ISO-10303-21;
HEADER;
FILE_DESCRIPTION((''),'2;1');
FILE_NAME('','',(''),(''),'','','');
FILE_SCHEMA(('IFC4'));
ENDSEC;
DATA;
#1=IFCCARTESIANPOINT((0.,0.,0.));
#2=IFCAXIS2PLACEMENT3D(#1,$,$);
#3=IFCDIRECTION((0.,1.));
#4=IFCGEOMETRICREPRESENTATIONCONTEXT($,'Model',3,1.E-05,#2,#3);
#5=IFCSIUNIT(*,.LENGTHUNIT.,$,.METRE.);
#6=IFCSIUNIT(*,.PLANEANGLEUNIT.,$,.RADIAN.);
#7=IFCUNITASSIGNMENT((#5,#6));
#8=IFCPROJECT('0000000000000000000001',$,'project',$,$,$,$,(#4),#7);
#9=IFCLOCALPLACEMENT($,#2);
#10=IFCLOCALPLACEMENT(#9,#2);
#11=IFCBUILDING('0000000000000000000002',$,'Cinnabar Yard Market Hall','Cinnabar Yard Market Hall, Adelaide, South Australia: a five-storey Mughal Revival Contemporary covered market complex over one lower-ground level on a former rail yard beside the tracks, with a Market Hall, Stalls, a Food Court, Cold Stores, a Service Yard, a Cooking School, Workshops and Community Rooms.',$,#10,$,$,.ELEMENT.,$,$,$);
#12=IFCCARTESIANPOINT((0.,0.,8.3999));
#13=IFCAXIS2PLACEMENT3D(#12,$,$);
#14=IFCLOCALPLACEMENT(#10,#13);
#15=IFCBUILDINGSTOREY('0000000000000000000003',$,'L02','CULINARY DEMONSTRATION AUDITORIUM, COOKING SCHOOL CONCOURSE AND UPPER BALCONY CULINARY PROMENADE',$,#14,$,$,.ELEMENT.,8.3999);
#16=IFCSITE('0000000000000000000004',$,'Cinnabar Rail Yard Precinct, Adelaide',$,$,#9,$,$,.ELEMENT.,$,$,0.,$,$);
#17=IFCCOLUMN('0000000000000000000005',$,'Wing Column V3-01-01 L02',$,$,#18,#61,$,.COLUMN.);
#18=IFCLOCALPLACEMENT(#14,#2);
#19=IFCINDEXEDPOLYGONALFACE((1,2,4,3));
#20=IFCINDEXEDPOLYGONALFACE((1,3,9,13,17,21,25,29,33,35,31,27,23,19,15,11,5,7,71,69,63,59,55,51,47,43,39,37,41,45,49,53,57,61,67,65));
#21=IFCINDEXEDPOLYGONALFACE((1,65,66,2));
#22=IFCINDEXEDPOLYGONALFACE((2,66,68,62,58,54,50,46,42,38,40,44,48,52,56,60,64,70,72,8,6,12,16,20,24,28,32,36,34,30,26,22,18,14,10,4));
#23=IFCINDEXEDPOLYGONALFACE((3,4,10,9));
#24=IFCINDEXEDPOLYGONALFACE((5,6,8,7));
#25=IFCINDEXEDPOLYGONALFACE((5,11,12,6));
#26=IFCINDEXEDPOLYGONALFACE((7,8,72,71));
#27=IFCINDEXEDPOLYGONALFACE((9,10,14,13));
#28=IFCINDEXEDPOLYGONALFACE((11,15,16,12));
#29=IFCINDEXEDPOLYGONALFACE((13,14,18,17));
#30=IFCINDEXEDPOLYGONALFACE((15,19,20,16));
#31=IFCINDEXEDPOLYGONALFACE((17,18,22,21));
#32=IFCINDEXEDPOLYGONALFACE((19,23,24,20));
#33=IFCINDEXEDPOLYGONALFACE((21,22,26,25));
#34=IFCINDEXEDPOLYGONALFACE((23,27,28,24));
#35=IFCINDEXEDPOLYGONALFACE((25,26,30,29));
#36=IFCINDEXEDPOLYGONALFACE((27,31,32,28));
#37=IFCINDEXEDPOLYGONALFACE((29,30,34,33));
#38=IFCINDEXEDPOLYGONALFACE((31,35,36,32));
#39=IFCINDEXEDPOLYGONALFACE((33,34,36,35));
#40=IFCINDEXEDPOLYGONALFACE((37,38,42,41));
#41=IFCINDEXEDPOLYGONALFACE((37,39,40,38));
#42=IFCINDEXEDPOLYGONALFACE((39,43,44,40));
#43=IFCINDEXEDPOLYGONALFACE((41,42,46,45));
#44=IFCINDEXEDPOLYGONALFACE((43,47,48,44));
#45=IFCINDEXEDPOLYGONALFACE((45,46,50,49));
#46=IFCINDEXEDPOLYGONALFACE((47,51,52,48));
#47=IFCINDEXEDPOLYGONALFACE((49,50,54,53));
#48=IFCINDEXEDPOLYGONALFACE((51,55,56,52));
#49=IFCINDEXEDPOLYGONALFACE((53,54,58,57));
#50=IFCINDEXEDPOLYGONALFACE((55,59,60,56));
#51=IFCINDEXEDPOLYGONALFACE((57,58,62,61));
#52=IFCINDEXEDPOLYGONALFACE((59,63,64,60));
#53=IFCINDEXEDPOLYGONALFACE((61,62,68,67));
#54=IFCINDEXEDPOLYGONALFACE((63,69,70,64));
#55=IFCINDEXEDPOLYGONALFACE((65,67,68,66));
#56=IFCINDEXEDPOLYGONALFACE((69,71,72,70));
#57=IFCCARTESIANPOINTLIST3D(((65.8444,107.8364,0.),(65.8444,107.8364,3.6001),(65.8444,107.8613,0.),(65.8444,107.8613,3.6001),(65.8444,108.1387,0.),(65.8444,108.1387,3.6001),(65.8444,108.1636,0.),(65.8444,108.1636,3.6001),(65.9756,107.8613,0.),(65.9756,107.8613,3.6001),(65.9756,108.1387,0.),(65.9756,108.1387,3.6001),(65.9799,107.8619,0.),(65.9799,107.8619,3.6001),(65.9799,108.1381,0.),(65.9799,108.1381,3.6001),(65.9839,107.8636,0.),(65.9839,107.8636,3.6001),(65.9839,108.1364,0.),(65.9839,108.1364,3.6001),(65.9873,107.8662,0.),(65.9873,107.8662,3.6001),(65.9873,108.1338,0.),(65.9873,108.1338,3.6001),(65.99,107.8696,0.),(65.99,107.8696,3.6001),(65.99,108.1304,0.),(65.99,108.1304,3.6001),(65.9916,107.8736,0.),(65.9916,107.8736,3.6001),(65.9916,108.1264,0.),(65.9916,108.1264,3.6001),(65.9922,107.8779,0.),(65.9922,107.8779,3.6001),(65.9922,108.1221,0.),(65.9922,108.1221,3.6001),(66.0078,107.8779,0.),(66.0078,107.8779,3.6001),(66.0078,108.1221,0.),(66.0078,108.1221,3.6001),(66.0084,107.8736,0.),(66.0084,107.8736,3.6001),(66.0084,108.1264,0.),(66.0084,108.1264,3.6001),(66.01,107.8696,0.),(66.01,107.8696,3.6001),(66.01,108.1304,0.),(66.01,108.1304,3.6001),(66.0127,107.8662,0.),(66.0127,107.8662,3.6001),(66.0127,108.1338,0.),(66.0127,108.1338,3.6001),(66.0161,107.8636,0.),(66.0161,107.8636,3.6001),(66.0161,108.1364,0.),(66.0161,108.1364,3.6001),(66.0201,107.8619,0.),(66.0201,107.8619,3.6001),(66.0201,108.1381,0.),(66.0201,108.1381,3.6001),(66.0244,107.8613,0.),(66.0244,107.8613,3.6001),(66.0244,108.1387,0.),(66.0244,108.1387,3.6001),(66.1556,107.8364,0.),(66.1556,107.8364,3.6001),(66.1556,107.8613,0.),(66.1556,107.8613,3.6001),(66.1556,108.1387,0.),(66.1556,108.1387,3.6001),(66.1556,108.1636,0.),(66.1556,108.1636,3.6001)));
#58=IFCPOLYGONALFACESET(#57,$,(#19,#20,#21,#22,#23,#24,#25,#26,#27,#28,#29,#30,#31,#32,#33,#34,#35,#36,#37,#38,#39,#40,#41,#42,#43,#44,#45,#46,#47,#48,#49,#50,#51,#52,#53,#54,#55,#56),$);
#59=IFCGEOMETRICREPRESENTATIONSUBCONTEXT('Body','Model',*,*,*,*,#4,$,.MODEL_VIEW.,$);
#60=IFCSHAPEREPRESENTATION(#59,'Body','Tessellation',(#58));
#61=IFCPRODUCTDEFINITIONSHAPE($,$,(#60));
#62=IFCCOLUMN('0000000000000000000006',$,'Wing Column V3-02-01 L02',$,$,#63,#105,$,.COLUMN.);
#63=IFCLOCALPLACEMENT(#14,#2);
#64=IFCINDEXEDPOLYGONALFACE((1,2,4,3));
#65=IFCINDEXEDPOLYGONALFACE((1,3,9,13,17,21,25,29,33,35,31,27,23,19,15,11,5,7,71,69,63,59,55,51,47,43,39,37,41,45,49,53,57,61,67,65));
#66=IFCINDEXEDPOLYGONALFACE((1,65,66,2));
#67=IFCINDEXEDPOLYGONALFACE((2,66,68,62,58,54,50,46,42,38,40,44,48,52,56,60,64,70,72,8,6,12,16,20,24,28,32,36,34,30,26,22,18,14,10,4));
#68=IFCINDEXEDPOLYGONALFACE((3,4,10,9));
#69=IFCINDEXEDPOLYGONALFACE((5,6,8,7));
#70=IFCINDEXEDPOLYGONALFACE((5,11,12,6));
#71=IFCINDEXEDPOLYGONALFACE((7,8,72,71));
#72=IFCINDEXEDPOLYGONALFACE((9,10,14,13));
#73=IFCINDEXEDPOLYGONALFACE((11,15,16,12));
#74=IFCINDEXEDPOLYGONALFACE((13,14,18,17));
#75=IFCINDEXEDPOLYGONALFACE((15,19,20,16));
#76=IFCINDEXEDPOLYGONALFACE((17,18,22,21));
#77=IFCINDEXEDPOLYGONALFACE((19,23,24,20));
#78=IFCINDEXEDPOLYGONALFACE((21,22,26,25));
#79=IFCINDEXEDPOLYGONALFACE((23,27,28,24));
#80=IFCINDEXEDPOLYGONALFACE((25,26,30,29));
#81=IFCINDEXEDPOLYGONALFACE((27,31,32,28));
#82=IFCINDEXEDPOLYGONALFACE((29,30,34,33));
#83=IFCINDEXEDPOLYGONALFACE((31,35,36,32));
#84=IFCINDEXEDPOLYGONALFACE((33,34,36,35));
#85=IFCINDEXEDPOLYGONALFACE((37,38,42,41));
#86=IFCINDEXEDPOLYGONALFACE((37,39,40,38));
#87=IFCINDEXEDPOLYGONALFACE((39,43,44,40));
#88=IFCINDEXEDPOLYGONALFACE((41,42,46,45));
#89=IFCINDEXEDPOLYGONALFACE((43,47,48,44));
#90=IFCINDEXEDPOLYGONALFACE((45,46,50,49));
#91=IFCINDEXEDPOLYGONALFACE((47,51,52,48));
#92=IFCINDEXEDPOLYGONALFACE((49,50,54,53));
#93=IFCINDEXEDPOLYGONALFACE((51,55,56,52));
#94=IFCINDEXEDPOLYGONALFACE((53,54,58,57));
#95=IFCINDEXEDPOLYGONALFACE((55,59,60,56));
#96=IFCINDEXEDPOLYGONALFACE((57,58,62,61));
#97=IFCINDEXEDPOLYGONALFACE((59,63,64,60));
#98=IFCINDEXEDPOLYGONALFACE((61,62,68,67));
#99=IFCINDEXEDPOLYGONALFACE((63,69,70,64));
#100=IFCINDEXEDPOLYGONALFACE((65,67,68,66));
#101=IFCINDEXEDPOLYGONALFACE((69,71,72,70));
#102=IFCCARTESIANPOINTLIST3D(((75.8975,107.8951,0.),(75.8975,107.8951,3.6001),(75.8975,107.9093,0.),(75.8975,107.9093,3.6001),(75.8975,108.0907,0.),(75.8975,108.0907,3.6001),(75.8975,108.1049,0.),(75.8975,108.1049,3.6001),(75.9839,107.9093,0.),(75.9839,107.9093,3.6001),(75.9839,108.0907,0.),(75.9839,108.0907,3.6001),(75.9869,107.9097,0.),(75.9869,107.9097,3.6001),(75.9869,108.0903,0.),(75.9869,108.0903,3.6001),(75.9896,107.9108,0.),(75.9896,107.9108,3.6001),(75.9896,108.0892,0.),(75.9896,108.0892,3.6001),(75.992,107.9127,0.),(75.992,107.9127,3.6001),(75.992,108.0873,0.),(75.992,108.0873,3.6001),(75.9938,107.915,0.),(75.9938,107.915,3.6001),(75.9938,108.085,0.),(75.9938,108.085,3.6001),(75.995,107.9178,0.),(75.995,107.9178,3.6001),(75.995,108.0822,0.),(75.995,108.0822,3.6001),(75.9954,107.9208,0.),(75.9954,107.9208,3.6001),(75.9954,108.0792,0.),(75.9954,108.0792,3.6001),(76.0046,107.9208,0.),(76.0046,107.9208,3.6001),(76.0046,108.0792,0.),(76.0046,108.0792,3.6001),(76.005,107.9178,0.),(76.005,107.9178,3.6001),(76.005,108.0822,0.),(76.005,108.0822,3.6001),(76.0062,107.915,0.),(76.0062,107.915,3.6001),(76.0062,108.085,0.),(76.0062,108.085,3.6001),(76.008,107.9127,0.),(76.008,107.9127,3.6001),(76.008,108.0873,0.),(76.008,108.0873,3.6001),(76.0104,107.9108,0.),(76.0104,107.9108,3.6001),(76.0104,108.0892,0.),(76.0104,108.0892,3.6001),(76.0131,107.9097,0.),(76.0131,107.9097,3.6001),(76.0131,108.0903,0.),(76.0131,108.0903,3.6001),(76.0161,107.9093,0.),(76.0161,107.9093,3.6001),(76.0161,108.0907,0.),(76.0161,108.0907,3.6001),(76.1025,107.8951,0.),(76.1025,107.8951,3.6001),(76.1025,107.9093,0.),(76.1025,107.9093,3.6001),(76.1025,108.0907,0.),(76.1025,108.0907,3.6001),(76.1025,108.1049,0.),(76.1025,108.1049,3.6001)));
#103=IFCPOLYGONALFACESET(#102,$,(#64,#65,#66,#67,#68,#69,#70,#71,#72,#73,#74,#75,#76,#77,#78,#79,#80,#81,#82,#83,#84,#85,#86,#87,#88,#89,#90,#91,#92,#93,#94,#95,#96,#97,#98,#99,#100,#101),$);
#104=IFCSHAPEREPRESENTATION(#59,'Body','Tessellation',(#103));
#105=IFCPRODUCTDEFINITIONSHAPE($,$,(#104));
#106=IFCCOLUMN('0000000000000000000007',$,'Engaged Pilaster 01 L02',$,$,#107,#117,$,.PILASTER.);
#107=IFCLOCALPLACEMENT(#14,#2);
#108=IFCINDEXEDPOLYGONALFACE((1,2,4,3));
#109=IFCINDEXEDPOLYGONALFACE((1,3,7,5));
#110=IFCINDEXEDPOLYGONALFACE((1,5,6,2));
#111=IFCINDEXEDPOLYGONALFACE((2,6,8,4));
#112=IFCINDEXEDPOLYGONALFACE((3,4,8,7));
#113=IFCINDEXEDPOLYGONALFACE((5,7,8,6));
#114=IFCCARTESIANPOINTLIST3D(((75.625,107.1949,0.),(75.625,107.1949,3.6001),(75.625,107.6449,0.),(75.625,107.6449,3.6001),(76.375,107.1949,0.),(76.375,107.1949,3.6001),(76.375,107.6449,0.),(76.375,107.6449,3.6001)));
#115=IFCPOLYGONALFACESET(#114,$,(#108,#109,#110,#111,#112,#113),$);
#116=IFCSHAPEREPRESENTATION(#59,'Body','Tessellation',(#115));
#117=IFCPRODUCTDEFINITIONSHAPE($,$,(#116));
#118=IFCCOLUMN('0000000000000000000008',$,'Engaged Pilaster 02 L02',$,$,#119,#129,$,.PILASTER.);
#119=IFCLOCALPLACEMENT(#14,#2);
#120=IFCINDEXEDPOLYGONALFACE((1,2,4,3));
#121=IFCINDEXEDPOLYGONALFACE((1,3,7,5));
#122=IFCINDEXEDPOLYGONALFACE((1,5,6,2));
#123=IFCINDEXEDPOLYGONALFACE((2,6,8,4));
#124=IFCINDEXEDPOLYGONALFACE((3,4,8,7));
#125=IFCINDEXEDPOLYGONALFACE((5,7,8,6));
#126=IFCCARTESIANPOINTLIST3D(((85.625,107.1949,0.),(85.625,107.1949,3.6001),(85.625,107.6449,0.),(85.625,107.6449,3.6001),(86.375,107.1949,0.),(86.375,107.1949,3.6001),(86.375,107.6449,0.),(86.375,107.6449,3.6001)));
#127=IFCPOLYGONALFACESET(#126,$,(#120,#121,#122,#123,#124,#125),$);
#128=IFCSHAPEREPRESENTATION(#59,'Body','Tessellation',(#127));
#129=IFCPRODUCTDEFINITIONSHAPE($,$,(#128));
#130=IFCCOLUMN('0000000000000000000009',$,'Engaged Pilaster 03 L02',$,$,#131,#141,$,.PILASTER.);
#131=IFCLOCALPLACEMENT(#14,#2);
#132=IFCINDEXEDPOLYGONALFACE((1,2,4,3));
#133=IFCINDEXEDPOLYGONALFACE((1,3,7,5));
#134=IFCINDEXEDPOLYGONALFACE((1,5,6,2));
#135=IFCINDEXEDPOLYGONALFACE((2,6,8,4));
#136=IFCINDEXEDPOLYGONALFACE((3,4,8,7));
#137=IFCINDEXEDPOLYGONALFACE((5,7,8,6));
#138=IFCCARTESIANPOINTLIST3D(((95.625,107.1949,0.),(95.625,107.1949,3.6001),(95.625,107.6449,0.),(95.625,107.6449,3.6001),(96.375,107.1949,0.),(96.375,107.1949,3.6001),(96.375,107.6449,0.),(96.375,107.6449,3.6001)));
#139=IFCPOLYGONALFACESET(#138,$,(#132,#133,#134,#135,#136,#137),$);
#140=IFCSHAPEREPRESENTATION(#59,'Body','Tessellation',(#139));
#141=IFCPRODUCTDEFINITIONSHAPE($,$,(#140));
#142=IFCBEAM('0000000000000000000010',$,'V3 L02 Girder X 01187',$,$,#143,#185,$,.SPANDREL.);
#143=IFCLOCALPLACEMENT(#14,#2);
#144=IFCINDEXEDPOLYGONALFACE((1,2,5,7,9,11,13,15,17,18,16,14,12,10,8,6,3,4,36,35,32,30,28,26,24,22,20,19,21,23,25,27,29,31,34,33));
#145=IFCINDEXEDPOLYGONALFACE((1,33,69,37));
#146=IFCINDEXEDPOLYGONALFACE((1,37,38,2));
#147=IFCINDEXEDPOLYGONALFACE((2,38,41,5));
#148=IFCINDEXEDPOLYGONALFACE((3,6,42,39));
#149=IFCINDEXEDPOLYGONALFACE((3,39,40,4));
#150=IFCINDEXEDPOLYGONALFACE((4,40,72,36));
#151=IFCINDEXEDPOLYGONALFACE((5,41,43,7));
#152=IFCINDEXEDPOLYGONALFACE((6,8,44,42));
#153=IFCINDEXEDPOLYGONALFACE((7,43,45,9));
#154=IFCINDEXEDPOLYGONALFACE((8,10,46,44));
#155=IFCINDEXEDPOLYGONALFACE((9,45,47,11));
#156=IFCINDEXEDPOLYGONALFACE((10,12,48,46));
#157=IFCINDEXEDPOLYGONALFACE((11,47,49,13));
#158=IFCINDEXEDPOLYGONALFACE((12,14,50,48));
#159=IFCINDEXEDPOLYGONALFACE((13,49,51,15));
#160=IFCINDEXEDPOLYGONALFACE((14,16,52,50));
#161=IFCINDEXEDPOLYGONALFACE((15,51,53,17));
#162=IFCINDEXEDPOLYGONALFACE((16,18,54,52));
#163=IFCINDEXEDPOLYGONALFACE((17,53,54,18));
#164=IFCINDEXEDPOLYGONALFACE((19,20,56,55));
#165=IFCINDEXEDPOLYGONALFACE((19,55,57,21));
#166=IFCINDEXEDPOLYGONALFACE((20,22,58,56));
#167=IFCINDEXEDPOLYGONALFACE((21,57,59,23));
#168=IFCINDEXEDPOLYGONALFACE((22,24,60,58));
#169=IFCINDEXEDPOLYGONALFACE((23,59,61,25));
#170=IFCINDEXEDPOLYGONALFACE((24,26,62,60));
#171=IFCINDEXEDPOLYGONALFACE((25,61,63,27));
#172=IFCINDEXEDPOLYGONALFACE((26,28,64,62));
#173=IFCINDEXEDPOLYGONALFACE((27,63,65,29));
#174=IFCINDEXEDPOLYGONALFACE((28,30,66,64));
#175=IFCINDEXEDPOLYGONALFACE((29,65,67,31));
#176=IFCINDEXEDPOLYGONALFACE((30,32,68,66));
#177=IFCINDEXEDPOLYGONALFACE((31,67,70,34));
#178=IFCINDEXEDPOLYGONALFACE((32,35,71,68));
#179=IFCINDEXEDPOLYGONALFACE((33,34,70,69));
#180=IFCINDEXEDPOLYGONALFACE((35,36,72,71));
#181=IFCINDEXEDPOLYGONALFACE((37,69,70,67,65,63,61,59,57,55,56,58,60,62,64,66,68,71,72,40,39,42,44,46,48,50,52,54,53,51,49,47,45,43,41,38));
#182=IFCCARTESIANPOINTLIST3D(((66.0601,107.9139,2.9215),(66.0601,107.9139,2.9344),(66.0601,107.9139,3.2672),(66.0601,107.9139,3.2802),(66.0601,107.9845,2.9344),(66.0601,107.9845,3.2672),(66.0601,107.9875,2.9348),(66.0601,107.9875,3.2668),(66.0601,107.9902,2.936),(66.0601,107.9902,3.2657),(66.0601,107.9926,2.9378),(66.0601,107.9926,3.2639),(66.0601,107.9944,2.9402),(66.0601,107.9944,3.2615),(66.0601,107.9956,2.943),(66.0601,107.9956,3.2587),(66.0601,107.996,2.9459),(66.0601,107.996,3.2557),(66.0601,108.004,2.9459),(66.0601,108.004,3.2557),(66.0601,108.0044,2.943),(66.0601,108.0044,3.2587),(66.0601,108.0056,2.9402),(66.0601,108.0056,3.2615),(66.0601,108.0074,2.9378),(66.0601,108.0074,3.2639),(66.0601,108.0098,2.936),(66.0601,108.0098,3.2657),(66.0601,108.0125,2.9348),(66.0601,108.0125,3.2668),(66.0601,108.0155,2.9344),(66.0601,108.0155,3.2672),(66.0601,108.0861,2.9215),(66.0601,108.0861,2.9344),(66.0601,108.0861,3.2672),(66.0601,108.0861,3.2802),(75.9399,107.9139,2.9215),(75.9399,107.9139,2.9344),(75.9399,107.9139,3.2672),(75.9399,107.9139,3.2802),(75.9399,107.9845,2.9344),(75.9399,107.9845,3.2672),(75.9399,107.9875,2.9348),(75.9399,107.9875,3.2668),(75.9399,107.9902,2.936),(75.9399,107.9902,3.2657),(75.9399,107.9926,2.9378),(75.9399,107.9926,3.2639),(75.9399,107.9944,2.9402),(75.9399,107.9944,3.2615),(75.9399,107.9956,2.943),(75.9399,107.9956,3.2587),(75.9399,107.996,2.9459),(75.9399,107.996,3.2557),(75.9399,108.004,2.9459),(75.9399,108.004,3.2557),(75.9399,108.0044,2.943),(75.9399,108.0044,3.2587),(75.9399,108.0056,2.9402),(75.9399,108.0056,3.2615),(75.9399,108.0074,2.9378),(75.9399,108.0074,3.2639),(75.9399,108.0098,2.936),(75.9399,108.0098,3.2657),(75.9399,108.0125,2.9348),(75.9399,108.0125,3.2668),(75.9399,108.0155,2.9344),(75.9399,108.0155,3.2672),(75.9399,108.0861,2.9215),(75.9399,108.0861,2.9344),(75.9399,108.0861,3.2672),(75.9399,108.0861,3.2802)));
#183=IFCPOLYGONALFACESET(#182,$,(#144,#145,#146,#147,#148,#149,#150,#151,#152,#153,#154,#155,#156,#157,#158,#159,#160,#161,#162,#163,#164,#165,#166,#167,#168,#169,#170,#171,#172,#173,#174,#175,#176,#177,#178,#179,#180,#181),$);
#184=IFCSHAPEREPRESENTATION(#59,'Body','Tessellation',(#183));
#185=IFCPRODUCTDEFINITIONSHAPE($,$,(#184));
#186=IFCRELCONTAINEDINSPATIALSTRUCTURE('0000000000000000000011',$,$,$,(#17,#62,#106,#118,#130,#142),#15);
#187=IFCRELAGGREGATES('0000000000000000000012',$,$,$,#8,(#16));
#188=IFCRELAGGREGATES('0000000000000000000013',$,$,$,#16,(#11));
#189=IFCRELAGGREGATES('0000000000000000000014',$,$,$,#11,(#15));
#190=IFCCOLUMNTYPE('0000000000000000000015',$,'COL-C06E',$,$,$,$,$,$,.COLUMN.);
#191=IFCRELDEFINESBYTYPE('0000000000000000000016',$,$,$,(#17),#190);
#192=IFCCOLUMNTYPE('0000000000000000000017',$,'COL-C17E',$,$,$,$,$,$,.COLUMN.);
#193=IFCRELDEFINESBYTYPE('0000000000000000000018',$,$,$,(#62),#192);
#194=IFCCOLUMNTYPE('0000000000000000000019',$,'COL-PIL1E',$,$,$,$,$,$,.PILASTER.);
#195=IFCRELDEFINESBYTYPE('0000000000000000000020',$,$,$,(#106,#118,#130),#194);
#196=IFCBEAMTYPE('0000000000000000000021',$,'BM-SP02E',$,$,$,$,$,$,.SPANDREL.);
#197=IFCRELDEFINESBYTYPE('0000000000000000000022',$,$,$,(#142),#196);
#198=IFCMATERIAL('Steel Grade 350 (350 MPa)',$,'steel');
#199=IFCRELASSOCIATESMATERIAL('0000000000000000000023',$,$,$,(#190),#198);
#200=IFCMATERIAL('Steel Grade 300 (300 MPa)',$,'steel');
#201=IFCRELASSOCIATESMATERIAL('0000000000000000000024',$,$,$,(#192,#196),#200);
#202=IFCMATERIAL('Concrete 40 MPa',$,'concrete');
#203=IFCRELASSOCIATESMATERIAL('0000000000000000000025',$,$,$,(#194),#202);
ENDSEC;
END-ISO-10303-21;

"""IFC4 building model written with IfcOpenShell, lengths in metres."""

from ifc_helpers import new_model, si_unit, direction, frame, origin, origin_2d_with_axis, place, context, subcontext, project, spatial, rectangle, i_section, extrude, material, material_profile, profile_set, type_object, element, save


model = new_model("IFC4")

# Units and contexts
model_context = context("Model", 3, precision=1e-05, world=origin(), true_north=direction((0.0, 1.0)))
body_context = subcontext(model_context, "Body", "Model", "MODEL_VIEW")
ifc_project = project(units=[si_unit("LENGTHUNIT", "METRE"), si_unit("PLANEANGLEUNIT", "RADIAN")], contexts=[model_context])

# Site, building, storey
site_placement = place(None, origin())
site = spatial("IfcSite", under=ifc_project, at=site_placement, Name="Cinnabar Rail Yard Precinct, Adelaide", CompositionType="ELEMENT", RefElevation=0.0)
building_placement = place(site_placement, origin())
building = spatial("IfcBuilding", under=site, at=building_placement, Name="Cinnabar Yard Market Hall", Description="Cinnabar Yard Market Hall, Adelaide, South Australia: a five-storey Mughal Revival Contemporary covered market complex over one lower-ground level on a former rail yard beside the tracks, with a Market Hall, Stalls, a Food Court, Cold Stores, a Service Yard, a Cooking School, Workshops and Community Rooms.", CompositionType="ELEMENT")
storey_placement = place(building_placement, frame((0.0, 0.0, 8.3999)))
storey = spatial("IfcBuildingStorey", under=building, at=storey_placement, Name="L02", Description="CULINARY DEMONSTRATION AUDITORIUM, COOKING SCHOOL CONCOURSE AND UPPER BALCONY CULINARY PROMENADE", CompositionType="ELEMENT", Elevation=8.3999)

# Columns
ifc_material_1 = material(Name="Steel Grade 350 (350 MPa)", Category="steel")
ifc_material_profile_1 = material_profile(ifc_material_1, i_section(OverallWidth=0.3113, OverallDepth=0.3271, WebThickness=0.0156, FlangeThickness=0.0249, FilletRadius=0.0166, at=origin_2d_with_axis()), Name="310UC158")
ifc_profile_set_1 = profile_set([ifc_material_profile_1], Name="Steel Grade 350 (350 MPa)")
column_type_1 = type_object("IfcColumnType", Name="COL-C06E", PredefinedType="COLUMN", material=ifc_profile_set_1)
column_1_placement = place(storey_placement, frame((66.0, 108.0, 0.0), z_axis=(0.0, 0.0, 1.0), x_axis=(1.0, 0.0, 0.0)))
element("IfcColumn", 1, at=column_1_placement, inside=storey, type_object=column_type_1, Name="Wing Column V3-01-01 L02", PredefinedType="COLUMN", context=body_context, shape_type="SweptSolid", body=[
    extrude(i_section(OverallWidth=0.3113, OverallDepth=0.3271, WebThickness=0.0156, FlangeThickness=0.0249, FilletRadius=0.0166, at=origin_2d_with_axis()), origin(), (0.0, 0.0, 1.0), 3.6001),
])
ifc_material_2 = material(Name="Steel Grade 300 (300 MPa)", Category="steel")
ifc_material_profile_2 = material_profile(ifc_material_2, i_section(OverallWidth=0.2051, OverallDepth=0.2097, WebThickness=0.0093, FlangeThickness=0.0142, FilletRadius=0.0115, at=origin_2d_with_axis()), Name="200UC59.5")
ifc_profile_set_2 = profile_set([ifc_material_profile_2], Name="Steel Grade 300 (300 MPa)")
column_type_2 = type_object("IfcColumnType", Name="COL-C17E", PredefinedType="COLUMN", material=ifc_profile_set_2)
column_2_placement = place(storey_placement, frame((76.0, 108.0, 0.0), z_axis=(0.0, 0.0, 1.0), x_axis=(1.0, 0.0, 0.0)))
element("IfcColumn", 2, at=column_2_placement, inside=storey, type_object=column_type_2, Name="Wing Column V3-02-01 L02", PredefinedType="COLUMN", context=body_context, shape_type="SweptSolid", body=[
    extrude(i_section(OverallWidth=0.2051, OverallDepth=0.2097, WebThickness=0.0093, FlangeThickness=0.0142, FilletRadius=0.0115, at=origin_2d_with_axis()), origin(), (0.0, 0.0, 1.0), 3.6001),
])
ifc_material_3 = material(Name="Concrete 40 MPa", Category="concrete")
ifc_material_profile_3 = material_profile(ifc_material_3, rectangle(XDim=0.75, YDim=0.45, at=origin_2d_with_axis()), Name="RC-750x450")
ifc_profile_set_3 = profile_set([ifc_material_profile_3], Name="Concrete 40 MPa")
column_type_3 = type_object("IfcColumnType", Name="COL-PIL1E", PredefinedType="PILASTER", material=ifc_profile_set_3)
for number, where, z_axis, x_axis, name in (
    (3, (76.0, 107.4199, 0.0), (0.0, 0.0, 1.0), (1.0, 0.0, 0.0), "Engaged Pilaster 01 L02"),
    (4, (86.0, 107.4199, 0.0), (0.0, 0.0, 1.0), (1.0, 0.0, 0.0), "Engaged Pilaster 02 L02"),
    (5, (96.0, 107.4199, 0.0), (0.0, 0.0, 1.0), (1.0, 0.0, 0.0), "Engaged Pilaster 03 L02"),
):
    element("IfcColumn", number, at=place(storey_placement, frame(where, z_axis=z_axis, x_axis=x_axis)), inside=storey, type_object=column_type_3, Name=name, PredefinedType="PILASTER", context=body_context, shape_type="SweptSolid", body=[
        extrude(rectangle(XDim=0.75, YDim=0.45, at=origin_2d_with_axis()), origin(), (0.0, 0.0, 1.0), 3.6001),
    ])

# Beam
ifc_material_profile_4 = material_profile(ifc_material_2, i_section(OverallWidth=0.1721, OverallDepth=0.3586, WebThickness=0.0081, FlangeThickness=0.0129, FilletRadius=0.0115, at=origin_2d_with_axis()), Name="360UB56.7")
ifc_profile_set_4 = profile_set([ifc_material_profile_4], Name="Steel Grade 300 (300 MPa)")
beam_type = type_object("IfcBeamType", Name="BM-SP02E", PredefinedType="SPANDREL", material=ifc_profile_set_4)
beam_placement = place(storey_placement, frame((66.0601, 108.0, 3.1008), z_axis=(1.0, 0.0, 0.0), x_axis=(0.0, 1.0, 0.0)))
element("IfcBeam", 6, at=beam_placement, inside=storey, type_object=beam_type, Name="V3 L02 Girder X 01187", PredefinedType="SPANDREL", context=body_context, shape_type="SweptSolid", body=[
    extrude(i_section(OverallWidth=0.1721, OverallDepth=0.3586, WebThickness=0.0081, FlangeThickness=0.0129, FilletRadius=0.0115, at=origin_2d_with_axis()), origin(), (0.0, 0.0, 1.0), 9.8799),
])

save(model, "model.ifc")
